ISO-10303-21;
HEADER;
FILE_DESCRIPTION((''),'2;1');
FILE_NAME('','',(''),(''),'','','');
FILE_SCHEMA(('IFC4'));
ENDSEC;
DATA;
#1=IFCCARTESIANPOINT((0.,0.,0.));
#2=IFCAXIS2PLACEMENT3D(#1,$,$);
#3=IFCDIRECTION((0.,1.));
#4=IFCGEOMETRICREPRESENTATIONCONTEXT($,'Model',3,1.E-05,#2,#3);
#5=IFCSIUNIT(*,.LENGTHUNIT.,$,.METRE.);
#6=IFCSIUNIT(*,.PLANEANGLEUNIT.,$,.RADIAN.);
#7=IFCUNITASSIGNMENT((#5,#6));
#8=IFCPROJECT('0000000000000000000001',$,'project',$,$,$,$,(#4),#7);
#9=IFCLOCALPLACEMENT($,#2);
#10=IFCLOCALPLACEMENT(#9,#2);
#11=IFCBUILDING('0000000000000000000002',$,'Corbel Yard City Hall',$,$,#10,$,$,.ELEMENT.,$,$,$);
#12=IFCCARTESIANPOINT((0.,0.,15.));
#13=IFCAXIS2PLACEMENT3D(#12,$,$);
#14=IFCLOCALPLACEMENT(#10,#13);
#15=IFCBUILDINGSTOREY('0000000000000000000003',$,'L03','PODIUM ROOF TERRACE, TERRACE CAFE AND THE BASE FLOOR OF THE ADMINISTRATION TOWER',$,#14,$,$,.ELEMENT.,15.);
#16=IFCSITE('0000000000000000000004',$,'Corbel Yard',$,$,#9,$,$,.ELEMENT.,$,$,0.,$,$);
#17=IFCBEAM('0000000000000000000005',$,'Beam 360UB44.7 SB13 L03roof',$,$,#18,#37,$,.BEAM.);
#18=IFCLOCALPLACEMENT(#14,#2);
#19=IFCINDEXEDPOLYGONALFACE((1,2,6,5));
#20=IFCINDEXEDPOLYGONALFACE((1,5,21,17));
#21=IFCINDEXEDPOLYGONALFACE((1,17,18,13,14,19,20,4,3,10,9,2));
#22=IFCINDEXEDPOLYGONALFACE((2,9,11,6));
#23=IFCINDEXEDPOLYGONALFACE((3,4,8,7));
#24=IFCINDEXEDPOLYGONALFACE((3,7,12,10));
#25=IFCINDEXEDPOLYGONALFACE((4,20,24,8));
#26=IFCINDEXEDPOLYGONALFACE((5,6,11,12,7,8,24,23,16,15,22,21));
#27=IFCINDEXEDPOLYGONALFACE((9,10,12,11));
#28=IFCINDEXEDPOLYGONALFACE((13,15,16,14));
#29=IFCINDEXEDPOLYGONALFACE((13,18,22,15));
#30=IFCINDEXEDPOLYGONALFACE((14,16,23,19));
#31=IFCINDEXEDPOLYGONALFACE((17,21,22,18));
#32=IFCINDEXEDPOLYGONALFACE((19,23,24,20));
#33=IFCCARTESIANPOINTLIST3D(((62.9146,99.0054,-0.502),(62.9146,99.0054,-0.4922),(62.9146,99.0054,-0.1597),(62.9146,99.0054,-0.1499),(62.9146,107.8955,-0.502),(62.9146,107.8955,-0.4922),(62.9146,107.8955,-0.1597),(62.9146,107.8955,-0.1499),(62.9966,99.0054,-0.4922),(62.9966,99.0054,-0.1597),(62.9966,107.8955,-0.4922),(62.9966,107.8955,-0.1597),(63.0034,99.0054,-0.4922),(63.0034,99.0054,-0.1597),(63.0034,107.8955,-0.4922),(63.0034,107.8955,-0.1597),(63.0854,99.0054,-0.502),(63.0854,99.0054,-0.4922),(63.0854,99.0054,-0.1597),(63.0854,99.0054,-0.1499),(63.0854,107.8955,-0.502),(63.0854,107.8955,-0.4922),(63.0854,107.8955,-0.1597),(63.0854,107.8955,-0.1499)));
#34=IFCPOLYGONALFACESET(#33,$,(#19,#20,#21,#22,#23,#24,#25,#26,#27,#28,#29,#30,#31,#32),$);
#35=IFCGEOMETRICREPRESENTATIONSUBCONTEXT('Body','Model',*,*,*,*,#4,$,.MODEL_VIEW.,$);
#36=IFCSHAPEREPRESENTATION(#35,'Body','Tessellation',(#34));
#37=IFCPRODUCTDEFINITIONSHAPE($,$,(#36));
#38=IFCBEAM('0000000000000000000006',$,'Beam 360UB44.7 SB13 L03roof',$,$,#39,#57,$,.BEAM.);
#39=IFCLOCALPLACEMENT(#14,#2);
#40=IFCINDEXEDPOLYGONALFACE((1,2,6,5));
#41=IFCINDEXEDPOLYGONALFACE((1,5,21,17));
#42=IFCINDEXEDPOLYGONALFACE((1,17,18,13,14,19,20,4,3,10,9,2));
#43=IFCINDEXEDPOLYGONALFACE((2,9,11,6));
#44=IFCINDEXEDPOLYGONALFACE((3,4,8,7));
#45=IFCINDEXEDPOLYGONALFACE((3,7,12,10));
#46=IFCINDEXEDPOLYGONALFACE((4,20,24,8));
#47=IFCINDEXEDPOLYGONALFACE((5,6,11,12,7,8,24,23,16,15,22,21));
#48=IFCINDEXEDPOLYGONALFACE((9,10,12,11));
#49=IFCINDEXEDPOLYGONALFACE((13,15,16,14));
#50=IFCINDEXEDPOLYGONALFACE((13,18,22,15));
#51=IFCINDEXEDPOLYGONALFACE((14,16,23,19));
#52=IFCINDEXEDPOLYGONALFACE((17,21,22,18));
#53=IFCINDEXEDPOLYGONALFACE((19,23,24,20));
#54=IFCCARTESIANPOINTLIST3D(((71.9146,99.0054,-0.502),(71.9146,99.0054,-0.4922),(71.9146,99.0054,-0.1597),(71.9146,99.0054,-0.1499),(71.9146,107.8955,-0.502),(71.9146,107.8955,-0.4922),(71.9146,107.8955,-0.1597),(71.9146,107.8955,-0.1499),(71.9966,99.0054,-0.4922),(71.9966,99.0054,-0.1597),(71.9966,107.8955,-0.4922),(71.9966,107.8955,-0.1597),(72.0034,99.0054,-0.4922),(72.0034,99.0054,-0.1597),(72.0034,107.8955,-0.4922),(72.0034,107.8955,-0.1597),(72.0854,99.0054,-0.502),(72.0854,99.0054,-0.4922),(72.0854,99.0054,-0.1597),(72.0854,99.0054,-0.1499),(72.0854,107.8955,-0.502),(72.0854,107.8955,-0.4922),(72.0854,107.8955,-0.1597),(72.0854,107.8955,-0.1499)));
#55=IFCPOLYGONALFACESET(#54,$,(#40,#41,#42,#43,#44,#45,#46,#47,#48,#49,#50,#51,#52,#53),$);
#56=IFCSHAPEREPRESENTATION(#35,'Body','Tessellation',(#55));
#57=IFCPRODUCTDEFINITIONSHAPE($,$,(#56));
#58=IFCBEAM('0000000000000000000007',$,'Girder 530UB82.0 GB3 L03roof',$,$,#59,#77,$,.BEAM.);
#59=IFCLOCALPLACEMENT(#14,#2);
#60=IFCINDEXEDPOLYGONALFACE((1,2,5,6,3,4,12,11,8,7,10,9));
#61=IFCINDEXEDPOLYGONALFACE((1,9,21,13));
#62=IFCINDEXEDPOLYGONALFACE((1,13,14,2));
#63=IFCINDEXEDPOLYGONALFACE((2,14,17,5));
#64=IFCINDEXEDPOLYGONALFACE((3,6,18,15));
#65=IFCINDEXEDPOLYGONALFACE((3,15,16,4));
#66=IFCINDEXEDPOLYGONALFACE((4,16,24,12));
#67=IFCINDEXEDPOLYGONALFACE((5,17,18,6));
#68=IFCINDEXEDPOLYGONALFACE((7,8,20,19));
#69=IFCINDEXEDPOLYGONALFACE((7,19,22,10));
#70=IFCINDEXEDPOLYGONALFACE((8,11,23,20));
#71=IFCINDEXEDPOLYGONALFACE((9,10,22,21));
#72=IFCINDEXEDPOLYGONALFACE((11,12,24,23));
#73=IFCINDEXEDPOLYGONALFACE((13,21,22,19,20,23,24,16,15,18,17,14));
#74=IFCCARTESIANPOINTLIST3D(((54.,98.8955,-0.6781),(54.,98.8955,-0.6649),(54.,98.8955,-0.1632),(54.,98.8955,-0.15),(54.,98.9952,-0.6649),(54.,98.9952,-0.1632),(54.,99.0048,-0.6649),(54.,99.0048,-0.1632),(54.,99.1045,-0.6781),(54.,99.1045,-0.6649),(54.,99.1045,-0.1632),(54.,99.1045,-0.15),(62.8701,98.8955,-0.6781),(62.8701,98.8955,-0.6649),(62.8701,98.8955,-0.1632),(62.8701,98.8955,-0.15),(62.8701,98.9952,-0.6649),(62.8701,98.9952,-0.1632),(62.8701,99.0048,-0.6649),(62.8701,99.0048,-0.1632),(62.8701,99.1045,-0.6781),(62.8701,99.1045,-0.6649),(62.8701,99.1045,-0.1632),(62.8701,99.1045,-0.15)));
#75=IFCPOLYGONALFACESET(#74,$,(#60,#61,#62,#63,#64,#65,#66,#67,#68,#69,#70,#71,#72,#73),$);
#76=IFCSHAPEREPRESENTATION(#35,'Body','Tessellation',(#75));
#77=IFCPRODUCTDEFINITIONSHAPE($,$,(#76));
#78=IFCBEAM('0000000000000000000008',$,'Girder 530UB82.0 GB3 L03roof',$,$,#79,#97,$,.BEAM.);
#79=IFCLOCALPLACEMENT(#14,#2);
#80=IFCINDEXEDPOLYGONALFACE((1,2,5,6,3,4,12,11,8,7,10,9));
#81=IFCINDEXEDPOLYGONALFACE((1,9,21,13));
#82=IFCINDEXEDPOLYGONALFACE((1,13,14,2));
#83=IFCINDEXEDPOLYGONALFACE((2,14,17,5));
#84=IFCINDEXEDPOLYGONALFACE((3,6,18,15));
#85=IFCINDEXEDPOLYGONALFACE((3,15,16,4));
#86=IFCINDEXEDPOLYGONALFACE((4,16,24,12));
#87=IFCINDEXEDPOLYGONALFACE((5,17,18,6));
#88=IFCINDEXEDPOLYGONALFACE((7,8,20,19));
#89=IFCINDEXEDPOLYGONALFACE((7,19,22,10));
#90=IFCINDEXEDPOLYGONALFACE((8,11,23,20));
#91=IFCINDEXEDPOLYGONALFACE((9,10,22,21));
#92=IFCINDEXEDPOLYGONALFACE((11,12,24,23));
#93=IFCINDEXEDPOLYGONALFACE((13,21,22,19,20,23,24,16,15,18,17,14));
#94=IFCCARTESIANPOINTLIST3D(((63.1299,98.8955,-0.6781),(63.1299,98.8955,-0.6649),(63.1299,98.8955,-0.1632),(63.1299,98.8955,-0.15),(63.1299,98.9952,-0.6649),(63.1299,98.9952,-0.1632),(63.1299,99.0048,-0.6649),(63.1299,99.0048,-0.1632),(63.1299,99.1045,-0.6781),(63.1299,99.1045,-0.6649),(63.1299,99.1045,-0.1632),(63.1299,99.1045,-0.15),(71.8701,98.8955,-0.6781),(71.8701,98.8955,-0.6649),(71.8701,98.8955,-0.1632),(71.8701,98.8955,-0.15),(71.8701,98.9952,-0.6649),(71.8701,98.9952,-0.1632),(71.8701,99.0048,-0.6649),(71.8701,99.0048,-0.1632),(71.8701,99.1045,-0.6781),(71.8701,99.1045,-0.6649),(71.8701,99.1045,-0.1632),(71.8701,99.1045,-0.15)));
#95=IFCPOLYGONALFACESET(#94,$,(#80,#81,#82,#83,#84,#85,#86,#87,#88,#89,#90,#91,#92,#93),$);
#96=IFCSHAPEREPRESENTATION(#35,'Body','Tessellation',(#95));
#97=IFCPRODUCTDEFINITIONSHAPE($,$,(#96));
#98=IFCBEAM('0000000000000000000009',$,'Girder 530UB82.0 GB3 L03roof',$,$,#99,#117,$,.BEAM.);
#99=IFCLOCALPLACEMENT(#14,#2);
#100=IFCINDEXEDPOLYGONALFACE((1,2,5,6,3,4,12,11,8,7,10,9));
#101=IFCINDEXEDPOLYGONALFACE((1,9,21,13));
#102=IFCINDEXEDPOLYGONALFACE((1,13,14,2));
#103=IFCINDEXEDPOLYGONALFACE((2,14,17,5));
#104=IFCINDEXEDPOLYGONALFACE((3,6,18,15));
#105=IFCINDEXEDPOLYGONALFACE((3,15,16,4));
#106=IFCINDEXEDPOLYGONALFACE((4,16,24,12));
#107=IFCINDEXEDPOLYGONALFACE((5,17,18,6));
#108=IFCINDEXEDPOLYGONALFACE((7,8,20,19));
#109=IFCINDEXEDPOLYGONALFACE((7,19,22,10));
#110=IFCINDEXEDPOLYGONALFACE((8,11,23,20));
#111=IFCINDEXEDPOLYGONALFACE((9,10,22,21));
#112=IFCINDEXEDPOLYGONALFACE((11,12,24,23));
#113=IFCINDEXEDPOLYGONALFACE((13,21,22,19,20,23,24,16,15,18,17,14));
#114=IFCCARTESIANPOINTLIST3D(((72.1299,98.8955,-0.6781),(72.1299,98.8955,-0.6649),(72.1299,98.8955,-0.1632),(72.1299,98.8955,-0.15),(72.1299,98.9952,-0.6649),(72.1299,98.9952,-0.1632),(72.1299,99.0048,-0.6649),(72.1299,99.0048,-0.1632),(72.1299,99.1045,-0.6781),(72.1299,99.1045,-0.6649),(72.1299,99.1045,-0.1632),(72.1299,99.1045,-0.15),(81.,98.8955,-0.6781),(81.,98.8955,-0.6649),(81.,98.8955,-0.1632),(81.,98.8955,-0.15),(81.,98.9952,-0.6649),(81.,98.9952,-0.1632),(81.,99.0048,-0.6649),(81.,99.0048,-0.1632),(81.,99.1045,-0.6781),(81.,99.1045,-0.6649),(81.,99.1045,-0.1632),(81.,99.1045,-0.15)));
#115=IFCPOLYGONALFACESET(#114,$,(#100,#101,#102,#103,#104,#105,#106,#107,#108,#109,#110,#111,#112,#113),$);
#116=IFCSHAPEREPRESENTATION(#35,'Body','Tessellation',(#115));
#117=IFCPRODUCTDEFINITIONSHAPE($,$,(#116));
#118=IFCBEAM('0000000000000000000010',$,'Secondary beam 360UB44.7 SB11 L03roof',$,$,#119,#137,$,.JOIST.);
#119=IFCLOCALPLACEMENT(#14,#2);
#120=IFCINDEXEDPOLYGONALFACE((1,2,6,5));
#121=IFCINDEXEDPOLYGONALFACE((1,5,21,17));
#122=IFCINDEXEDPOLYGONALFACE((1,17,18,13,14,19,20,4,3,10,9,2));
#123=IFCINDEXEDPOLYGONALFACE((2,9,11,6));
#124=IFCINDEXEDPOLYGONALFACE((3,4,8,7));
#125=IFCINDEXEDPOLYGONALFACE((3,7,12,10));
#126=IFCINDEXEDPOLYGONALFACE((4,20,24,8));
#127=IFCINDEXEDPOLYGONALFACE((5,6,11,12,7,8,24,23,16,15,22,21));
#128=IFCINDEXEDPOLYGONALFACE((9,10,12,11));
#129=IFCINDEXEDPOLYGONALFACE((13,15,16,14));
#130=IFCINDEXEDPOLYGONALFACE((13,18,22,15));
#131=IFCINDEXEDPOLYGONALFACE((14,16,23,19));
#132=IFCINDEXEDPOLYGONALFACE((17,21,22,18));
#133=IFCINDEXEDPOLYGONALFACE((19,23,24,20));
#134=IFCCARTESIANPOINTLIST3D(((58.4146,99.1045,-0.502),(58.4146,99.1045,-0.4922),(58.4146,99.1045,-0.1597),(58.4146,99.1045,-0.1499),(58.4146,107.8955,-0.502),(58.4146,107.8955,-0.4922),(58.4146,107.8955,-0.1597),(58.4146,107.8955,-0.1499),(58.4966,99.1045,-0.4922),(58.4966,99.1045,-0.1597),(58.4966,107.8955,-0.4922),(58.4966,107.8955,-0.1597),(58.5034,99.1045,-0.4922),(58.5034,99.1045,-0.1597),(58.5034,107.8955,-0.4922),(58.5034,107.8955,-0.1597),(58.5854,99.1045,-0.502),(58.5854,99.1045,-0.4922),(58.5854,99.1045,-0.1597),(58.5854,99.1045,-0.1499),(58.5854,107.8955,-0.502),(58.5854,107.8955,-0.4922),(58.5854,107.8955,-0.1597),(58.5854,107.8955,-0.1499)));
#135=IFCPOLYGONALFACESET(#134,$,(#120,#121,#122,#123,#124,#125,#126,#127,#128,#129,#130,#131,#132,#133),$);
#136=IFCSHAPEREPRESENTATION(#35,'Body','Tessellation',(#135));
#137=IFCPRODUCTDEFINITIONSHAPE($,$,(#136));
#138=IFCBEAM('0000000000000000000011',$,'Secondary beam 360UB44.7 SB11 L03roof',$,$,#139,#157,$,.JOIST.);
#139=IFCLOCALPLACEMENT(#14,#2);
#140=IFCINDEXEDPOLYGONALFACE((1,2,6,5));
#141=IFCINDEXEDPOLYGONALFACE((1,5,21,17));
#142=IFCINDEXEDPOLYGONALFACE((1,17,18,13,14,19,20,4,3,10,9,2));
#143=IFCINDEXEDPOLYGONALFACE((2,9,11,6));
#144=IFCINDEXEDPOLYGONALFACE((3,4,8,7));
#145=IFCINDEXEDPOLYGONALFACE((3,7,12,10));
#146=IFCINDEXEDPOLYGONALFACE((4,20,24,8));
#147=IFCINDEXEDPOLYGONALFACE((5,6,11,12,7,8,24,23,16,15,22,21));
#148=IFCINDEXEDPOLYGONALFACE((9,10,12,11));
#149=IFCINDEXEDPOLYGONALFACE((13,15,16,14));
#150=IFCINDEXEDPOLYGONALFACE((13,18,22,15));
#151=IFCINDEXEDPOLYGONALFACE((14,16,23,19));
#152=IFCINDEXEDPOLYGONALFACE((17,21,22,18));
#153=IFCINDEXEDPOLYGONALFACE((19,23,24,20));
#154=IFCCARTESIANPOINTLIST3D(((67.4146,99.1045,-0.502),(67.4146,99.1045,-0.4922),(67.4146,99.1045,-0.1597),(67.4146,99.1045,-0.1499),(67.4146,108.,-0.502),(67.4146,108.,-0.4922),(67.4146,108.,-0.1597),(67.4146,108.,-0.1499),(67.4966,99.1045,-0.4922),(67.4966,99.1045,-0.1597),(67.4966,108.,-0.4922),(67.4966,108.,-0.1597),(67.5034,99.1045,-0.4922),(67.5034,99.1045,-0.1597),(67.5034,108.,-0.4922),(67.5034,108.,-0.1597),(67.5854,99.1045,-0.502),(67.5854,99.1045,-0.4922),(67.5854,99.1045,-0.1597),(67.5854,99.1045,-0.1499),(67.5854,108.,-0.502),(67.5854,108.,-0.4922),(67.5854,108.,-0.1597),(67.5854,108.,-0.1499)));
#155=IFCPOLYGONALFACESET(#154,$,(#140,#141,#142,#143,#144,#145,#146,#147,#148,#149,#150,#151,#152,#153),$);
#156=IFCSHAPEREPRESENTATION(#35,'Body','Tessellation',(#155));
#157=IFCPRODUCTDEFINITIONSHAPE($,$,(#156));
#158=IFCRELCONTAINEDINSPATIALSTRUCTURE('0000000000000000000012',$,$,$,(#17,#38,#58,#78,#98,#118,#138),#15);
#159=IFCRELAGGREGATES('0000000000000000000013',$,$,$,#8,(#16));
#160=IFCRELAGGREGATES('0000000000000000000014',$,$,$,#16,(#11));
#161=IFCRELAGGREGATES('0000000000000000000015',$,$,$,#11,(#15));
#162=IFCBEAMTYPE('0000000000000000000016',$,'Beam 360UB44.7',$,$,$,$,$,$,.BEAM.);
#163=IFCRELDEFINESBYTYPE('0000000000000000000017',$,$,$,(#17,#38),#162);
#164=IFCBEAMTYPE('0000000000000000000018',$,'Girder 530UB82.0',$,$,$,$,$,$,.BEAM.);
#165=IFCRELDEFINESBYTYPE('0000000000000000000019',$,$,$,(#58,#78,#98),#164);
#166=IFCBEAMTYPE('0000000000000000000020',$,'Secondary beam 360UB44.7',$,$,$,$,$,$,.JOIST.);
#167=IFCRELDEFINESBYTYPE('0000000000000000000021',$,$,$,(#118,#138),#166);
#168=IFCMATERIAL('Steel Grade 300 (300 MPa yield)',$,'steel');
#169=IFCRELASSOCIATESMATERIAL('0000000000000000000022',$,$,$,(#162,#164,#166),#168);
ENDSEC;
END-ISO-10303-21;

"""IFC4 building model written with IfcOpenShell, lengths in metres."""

from ifc_helpers import new_model, si_unit, direction, frame, origin, origin_2d, place, context, subcontext, project, spatial, i_section, extrude, material, material_profile, profile_set, type_object, element, save


model = new_model("IFC4")

# Units and contexts
model_context = context("Model", 3, precision=1e-05, world=origin(), true_north=direction((0.0, 1.0)))
body_context = subcontext(model_context, "Body", "Model", "MODEL_VIEW")
ifc_project = project(units=[si_unit("LENGTHUNIT", "METRE"), si_unit("PLANEANGLEUNIT", "RADIAN")], contexts=[model_context])

# Site, building, storey
site_placement = place(None, origin())
site = spatial("IfcSite", under=ifc_project, at=site_placement, Name="Corbel Yard", CompositionType="ELEMENT", RefElevation=0.0)
building_placement = place(site_placement, origin())
building = spatial("IfcBuilding", under=site, at=building_placement, Name="Corbel Yard City Hall", CompositionType="ELEMENT")
storey_placement = place(building_placement, frame((0.0, 0.0, 15.0)))
storey = spatial("IfcBuildingStorey", under=building, at=storey_placement, Name="L03", Description="PODIUM ROOF TERRACE, TERRACE CAFE AND THE BASE FLOOR OF THE ADMINISTRATION TOWER", CompositionType="ELEMENT", Elevation=15.0)

# Beams
ifc_material_1 = material(Name="Steel Grade 300 (300 MPa yield)", Category="steel")
ifc_material_profile_1 = material_profile(ifc_material_1, i_section(OverallWidth=0.1709, OverallDepth=0.3521, WebThickness=0.0068, FlangeThickness=0.0098, at=origin_2d()), Name="360UB44.7")
ifc_profile_set_1 = profile_set([ifc_material_profile_1], Name="Steel Grade 300 (300 MPa yield)")
beam_type_1 = type_object("IfcBeamType", Name="Beam 360UB44.7", PredefinedType="BEAM", material=ifc_profile_set_1)
for number, where, z_axis, x_axis, name in (
    (1, (63.0, 99.0054, -0.3259), (0.0, 1.0, 0.0), (-1.0, 0.0, 0.0), "Beam 360UB44.7 SB13 L03roof"),
    (2, (72.0, 99.0054, -0.3259), (0.0, 1.0, 0.0), (-1.0, 0.0, 0.0), "Beam 360UB44.7 SB13 L03roof"),
):
    element("IfcBeam", number, at=place(storey_placement, frame(where, z_axis=z_axis, x_axis=x_axis)), inside=storey, type_object=beam_type_1, Name=name, PredefinedType="BEAM", context=body_context, shape_type="SweptSolid", body=[
        extrude(i_section(OverallWidth=0.1709, OverallDepth=0.3521, WebThickness=0.0068, FlangeThickness=0.0098, at=origin_2d()), origin(), (0.0, 0.0, 1.0), 8.8901),
    ])
ifc_material_profile_2 = material_profile(ifc_material_1, i_section(OverallWidth=0.209, OverallDepth=0.5281, WebThickness=0.0095, FlangeThickness=0.0132, at=origin_2d()), Name="530UB82.0")
ifc_profile_set_2 = profile_set([ifc_material_profile_2], Name="Steel Grade 300 (300 MPa yield)")
beam_type_2 = type_object("IfcBeamType", Name="Girder 530UB82.0", PredefinedType="BEAM", material=ifc_profile_set_2)
beam_1_placement = place(storey_placement, frame((54.0, 99.0, -0.4141), z_axis=(1.0, 0.0, 0.0), x_axis=(0.0, 1.0, 0.0)))
element("IfcBeam", 3, at=beam_1_placement, inside=storey, type_object=beam_type_2, Name="Girder 530UB82.0 GB3 L03roof", PredefinedType="BEAM", context=body_context, shape_type="SweptSolid", body=[
    extrude(i_section(OverallWidth=0.209, OverallDepth=0.5281, WebThickness=0.0095, FlangeThickness=0.0132, at=origin_2d()), origin(), (0.0, 0.0, 1.0), 8.8701),
])
beam_2_placement = place(storey_placement, frame((63.1299, 99.0, -0.4141), z_axis=(1.0, 0.0, 0.0), x_axis=(0.0, 1.0, 0.0)))
element("IfcBeam", 4, at=beam_2_placement, inside=storey, type_object=beam_type_2, Name="Girder 530UB82.0 GB3 L03roof", PredefinedType="BEAM", context=body_context, shape_type="SweptSolid", body=[
    extrude(i_section(OverallWidth=0.209, OverallDepth=0.5281, WebThickness=0.0095, FlangeThickness=0.0132, at=origin_2d()), origin(), (0.0, 0.0, 1.0), 8.7402),
])
beam_3_placement = place(storey_placement, frame((72.1299, 99.0, -0.4141), z_axis=(1.0, 0.0, 0.0), x_axis=(0.0, 1.0, 0.0)))
element("IfcBeam", 5, at=beam_3_placement, inside=storey, type_object=beam_type_2, Name="Girder 530UB82.0 GB3 L03roof", PredefinedType="BEAM", context=body_context, shape_type="SweptSolid", body=[
    extrude(i_section(OverallWidth=0.209, OverallDepth=0.5281, WebThickness=0.0095, FlangeThickness=0.0132, at=origin_2d()), origin(), (0.0, 0.0, 1.0), 8.8701),
])
ifc_material_profile_3 = material_profile(ifc_material_1, i_section(OverallWidth=0.1709, OverallDepth=0.3521, WebThickness=0.0068, FlangeThickness=0.0098, at=origin_2d()), Name="360UB44.7")
ifc_profile_set_3 = profile_set([ifc_material_profile_3], Name="Steel Grade 300 (300 MPa yield)")
beam_type_3 = type_object("IfcBeamType", Name="Secondary beam 360UB44.7", PredefinedType="JOIST", material=ifc_profile_set_3)
beam_4_placement = place(storey_placement, frame((58.5, 99.1045, -0.3259), z_axis=(0.0, 1.0, 0.0), x_axis=(-1.0, 0.0, 0.0)))
element("IfcBeam", 6, at=beam_4_placement, inside=storey, type_object=beam_type_3, Name="Secondary beam 360UB44.7 SB11 L03roof", PredefinedType="JOIST", context=body_context, shape_type="SweptSolid", body=[
    extrude(i_section(OverallWidth=0.1709, OverallDepth=0.3521, WebThickness=0.0068, FlangeThickness=0.0098, at=origin_2d()), origin(), (0.0, 0.0, 1.0), 8.791),
])
beam_5_placement = place(storey_placement, frame((67.5, 99.1045, -0.3259), z_axis=(0.0, 1.0, 0.0), x_axis=(-1.0, 0.0, 0.0)))
element("IfcBeam", 7, at=beam_5_placement, inside=storey, type_object=beam_type_3, Name="Secondary beam 360UB44.7 SB11 L03roof", PredefinedType="JOIST", context=body_context, shape_type="SweptSolid", body=[
    extrude(i_section(OverallWidth=0.1709, OverallDepth=0.3521, WebThickness=0.0068, FlangeThickness=0.0098, at=origin_2d()), origin(), (0.0, 0.0, 1.0), 8.8955),
])

save(model, "model.ifc")
